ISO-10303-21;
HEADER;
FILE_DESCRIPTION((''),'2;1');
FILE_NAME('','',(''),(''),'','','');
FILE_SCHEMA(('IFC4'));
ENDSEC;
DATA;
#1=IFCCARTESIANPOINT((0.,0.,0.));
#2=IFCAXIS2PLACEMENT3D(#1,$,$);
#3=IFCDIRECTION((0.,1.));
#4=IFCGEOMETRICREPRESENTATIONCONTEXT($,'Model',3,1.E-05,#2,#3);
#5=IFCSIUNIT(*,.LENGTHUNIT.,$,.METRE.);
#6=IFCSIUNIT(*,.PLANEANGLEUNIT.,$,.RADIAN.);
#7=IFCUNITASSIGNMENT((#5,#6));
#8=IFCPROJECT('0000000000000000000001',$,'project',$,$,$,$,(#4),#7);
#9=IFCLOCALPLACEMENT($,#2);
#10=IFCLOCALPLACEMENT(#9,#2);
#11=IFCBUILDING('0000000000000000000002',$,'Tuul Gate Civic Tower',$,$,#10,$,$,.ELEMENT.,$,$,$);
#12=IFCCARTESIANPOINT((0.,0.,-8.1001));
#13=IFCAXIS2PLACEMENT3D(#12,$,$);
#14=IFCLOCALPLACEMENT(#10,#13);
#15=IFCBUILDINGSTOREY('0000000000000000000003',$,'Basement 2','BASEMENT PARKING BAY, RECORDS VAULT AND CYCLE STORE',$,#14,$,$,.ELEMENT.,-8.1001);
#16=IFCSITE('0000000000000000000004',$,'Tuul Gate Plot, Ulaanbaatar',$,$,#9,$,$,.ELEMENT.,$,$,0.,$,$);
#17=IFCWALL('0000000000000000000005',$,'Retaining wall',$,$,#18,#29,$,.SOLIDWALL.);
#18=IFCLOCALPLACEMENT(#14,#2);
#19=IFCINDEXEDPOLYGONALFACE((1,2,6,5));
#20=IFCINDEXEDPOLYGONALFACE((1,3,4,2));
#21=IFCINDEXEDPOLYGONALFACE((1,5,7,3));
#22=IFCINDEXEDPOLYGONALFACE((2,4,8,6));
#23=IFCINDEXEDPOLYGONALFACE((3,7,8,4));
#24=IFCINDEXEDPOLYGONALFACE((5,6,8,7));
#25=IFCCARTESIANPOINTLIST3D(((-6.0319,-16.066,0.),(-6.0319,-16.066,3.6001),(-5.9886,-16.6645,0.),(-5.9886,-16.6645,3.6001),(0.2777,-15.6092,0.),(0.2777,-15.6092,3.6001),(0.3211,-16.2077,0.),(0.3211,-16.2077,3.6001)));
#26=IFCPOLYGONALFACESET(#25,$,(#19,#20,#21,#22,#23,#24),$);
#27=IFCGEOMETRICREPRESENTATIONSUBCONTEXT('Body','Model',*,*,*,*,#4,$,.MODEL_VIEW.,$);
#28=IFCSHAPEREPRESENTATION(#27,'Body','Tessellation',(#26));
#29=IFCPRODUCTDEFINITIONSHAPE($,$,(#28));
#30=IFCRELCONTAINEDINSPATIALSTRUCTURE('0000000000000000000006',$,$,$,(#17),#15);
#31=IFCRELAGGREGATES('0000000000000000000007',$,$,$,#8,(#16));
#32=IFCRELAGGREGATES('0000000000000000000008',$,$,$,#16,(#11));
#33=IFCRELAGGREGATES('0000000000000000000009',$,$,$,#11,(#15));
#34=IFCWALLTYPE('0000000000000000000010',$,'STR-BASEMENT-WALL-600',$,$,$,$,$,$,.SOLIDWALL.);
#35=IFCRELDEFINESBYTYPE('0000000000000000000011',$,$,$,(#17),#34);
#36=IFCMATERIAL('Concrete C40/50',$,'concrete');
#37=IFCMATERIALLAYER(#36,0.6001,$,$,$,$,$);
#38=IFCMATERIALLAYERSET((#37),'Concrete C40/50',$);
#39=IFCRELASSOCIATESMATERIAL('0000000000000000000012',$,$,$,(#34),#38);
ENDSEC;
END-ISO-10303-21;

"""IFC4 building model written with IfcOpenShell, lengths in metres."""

from ifc_helpers import new_model, si_unit, direction, frame, frame_2d, origin, place, context, subcontext, project, spatial, rectangle, extrude, material, layer, layer_set, type_object, element, save


model = new_model("IFC4")

# Units and contexts
model_context = context("Model", 3, precision=1e-05, world=origin(), true_north=direction((0.0, 1.0)))
body_context = subcontext(model_context, "Body", "Model", "MODEL_VIEW")
ifc_project = project(units=[si_unit("LENGTHUNIT", "METRE"), si_unit("PLANEANGLEUNIT", "RADIAN")], contexts=[model_context])

# Site, building, storey
site_placement = place(None, origin())
site = spatial("IfcSite", under=ifc_project, at=site_placement, Name="Tuul Gate Plot, Ulaanbaatar", CompositionType="ELEMENT", RefElevation=0.0)
building_placement = place(site_placement, origin())
building = spatial("IfcBuilding", under=site, at=building_placement, Name="Tuul Gate Civic Tower", CompositionType="ELEMENT")
storey_placement = place(building_placement, frame((0.0, 0.0, -8.1001)))
storey = spatial("IfcBuildingStorey", under=building, at=storey_placement, Name="Basement 2", Description="BASEMENT PARKING BAY, RECORDS VAULT AND CYCLE STORE", CompositionType="ELEMENT", Elevation=-8.1001)

# Wall
ifc_material_1 = material(Name="Concrete C40/50", Category="concrete")
ifc_layer_1 = layer(ifc_material_1, 0.6001)
ifc_layer_set_1 = layer_set([ifc_layer_1], Name="Concrete C40/50")
wall_type_1 = type_object("IfcWallType", Name="STR-BASEMENT-WALL-600", PredefinedType="SOLIDWALL", material=ifc_layer_set_1)
wall_1_placement = place(storey_placement, frame((-6.0103, -16.3652, 0.0), z_axis=(0.0, 0.0, 1.0), x_axis=(0.99739, 0.072207, 0.0)))
element("IfcWall", 1, at=wall_1_placement, inside=storey, type_object=wall_type_1, Name="Retaining wall", PredefinedType="SOLIDWALL", context=body_context, shape_type="SweptSolid", body=[
    extrude(rectangle(XDim=6.3262, YDim=0.6001, at=frame_2d((3.1631, 0.0))), origin(), (0.0, 0.0, 1.0), 3.6001),
])

save(model, "model.ifc")
